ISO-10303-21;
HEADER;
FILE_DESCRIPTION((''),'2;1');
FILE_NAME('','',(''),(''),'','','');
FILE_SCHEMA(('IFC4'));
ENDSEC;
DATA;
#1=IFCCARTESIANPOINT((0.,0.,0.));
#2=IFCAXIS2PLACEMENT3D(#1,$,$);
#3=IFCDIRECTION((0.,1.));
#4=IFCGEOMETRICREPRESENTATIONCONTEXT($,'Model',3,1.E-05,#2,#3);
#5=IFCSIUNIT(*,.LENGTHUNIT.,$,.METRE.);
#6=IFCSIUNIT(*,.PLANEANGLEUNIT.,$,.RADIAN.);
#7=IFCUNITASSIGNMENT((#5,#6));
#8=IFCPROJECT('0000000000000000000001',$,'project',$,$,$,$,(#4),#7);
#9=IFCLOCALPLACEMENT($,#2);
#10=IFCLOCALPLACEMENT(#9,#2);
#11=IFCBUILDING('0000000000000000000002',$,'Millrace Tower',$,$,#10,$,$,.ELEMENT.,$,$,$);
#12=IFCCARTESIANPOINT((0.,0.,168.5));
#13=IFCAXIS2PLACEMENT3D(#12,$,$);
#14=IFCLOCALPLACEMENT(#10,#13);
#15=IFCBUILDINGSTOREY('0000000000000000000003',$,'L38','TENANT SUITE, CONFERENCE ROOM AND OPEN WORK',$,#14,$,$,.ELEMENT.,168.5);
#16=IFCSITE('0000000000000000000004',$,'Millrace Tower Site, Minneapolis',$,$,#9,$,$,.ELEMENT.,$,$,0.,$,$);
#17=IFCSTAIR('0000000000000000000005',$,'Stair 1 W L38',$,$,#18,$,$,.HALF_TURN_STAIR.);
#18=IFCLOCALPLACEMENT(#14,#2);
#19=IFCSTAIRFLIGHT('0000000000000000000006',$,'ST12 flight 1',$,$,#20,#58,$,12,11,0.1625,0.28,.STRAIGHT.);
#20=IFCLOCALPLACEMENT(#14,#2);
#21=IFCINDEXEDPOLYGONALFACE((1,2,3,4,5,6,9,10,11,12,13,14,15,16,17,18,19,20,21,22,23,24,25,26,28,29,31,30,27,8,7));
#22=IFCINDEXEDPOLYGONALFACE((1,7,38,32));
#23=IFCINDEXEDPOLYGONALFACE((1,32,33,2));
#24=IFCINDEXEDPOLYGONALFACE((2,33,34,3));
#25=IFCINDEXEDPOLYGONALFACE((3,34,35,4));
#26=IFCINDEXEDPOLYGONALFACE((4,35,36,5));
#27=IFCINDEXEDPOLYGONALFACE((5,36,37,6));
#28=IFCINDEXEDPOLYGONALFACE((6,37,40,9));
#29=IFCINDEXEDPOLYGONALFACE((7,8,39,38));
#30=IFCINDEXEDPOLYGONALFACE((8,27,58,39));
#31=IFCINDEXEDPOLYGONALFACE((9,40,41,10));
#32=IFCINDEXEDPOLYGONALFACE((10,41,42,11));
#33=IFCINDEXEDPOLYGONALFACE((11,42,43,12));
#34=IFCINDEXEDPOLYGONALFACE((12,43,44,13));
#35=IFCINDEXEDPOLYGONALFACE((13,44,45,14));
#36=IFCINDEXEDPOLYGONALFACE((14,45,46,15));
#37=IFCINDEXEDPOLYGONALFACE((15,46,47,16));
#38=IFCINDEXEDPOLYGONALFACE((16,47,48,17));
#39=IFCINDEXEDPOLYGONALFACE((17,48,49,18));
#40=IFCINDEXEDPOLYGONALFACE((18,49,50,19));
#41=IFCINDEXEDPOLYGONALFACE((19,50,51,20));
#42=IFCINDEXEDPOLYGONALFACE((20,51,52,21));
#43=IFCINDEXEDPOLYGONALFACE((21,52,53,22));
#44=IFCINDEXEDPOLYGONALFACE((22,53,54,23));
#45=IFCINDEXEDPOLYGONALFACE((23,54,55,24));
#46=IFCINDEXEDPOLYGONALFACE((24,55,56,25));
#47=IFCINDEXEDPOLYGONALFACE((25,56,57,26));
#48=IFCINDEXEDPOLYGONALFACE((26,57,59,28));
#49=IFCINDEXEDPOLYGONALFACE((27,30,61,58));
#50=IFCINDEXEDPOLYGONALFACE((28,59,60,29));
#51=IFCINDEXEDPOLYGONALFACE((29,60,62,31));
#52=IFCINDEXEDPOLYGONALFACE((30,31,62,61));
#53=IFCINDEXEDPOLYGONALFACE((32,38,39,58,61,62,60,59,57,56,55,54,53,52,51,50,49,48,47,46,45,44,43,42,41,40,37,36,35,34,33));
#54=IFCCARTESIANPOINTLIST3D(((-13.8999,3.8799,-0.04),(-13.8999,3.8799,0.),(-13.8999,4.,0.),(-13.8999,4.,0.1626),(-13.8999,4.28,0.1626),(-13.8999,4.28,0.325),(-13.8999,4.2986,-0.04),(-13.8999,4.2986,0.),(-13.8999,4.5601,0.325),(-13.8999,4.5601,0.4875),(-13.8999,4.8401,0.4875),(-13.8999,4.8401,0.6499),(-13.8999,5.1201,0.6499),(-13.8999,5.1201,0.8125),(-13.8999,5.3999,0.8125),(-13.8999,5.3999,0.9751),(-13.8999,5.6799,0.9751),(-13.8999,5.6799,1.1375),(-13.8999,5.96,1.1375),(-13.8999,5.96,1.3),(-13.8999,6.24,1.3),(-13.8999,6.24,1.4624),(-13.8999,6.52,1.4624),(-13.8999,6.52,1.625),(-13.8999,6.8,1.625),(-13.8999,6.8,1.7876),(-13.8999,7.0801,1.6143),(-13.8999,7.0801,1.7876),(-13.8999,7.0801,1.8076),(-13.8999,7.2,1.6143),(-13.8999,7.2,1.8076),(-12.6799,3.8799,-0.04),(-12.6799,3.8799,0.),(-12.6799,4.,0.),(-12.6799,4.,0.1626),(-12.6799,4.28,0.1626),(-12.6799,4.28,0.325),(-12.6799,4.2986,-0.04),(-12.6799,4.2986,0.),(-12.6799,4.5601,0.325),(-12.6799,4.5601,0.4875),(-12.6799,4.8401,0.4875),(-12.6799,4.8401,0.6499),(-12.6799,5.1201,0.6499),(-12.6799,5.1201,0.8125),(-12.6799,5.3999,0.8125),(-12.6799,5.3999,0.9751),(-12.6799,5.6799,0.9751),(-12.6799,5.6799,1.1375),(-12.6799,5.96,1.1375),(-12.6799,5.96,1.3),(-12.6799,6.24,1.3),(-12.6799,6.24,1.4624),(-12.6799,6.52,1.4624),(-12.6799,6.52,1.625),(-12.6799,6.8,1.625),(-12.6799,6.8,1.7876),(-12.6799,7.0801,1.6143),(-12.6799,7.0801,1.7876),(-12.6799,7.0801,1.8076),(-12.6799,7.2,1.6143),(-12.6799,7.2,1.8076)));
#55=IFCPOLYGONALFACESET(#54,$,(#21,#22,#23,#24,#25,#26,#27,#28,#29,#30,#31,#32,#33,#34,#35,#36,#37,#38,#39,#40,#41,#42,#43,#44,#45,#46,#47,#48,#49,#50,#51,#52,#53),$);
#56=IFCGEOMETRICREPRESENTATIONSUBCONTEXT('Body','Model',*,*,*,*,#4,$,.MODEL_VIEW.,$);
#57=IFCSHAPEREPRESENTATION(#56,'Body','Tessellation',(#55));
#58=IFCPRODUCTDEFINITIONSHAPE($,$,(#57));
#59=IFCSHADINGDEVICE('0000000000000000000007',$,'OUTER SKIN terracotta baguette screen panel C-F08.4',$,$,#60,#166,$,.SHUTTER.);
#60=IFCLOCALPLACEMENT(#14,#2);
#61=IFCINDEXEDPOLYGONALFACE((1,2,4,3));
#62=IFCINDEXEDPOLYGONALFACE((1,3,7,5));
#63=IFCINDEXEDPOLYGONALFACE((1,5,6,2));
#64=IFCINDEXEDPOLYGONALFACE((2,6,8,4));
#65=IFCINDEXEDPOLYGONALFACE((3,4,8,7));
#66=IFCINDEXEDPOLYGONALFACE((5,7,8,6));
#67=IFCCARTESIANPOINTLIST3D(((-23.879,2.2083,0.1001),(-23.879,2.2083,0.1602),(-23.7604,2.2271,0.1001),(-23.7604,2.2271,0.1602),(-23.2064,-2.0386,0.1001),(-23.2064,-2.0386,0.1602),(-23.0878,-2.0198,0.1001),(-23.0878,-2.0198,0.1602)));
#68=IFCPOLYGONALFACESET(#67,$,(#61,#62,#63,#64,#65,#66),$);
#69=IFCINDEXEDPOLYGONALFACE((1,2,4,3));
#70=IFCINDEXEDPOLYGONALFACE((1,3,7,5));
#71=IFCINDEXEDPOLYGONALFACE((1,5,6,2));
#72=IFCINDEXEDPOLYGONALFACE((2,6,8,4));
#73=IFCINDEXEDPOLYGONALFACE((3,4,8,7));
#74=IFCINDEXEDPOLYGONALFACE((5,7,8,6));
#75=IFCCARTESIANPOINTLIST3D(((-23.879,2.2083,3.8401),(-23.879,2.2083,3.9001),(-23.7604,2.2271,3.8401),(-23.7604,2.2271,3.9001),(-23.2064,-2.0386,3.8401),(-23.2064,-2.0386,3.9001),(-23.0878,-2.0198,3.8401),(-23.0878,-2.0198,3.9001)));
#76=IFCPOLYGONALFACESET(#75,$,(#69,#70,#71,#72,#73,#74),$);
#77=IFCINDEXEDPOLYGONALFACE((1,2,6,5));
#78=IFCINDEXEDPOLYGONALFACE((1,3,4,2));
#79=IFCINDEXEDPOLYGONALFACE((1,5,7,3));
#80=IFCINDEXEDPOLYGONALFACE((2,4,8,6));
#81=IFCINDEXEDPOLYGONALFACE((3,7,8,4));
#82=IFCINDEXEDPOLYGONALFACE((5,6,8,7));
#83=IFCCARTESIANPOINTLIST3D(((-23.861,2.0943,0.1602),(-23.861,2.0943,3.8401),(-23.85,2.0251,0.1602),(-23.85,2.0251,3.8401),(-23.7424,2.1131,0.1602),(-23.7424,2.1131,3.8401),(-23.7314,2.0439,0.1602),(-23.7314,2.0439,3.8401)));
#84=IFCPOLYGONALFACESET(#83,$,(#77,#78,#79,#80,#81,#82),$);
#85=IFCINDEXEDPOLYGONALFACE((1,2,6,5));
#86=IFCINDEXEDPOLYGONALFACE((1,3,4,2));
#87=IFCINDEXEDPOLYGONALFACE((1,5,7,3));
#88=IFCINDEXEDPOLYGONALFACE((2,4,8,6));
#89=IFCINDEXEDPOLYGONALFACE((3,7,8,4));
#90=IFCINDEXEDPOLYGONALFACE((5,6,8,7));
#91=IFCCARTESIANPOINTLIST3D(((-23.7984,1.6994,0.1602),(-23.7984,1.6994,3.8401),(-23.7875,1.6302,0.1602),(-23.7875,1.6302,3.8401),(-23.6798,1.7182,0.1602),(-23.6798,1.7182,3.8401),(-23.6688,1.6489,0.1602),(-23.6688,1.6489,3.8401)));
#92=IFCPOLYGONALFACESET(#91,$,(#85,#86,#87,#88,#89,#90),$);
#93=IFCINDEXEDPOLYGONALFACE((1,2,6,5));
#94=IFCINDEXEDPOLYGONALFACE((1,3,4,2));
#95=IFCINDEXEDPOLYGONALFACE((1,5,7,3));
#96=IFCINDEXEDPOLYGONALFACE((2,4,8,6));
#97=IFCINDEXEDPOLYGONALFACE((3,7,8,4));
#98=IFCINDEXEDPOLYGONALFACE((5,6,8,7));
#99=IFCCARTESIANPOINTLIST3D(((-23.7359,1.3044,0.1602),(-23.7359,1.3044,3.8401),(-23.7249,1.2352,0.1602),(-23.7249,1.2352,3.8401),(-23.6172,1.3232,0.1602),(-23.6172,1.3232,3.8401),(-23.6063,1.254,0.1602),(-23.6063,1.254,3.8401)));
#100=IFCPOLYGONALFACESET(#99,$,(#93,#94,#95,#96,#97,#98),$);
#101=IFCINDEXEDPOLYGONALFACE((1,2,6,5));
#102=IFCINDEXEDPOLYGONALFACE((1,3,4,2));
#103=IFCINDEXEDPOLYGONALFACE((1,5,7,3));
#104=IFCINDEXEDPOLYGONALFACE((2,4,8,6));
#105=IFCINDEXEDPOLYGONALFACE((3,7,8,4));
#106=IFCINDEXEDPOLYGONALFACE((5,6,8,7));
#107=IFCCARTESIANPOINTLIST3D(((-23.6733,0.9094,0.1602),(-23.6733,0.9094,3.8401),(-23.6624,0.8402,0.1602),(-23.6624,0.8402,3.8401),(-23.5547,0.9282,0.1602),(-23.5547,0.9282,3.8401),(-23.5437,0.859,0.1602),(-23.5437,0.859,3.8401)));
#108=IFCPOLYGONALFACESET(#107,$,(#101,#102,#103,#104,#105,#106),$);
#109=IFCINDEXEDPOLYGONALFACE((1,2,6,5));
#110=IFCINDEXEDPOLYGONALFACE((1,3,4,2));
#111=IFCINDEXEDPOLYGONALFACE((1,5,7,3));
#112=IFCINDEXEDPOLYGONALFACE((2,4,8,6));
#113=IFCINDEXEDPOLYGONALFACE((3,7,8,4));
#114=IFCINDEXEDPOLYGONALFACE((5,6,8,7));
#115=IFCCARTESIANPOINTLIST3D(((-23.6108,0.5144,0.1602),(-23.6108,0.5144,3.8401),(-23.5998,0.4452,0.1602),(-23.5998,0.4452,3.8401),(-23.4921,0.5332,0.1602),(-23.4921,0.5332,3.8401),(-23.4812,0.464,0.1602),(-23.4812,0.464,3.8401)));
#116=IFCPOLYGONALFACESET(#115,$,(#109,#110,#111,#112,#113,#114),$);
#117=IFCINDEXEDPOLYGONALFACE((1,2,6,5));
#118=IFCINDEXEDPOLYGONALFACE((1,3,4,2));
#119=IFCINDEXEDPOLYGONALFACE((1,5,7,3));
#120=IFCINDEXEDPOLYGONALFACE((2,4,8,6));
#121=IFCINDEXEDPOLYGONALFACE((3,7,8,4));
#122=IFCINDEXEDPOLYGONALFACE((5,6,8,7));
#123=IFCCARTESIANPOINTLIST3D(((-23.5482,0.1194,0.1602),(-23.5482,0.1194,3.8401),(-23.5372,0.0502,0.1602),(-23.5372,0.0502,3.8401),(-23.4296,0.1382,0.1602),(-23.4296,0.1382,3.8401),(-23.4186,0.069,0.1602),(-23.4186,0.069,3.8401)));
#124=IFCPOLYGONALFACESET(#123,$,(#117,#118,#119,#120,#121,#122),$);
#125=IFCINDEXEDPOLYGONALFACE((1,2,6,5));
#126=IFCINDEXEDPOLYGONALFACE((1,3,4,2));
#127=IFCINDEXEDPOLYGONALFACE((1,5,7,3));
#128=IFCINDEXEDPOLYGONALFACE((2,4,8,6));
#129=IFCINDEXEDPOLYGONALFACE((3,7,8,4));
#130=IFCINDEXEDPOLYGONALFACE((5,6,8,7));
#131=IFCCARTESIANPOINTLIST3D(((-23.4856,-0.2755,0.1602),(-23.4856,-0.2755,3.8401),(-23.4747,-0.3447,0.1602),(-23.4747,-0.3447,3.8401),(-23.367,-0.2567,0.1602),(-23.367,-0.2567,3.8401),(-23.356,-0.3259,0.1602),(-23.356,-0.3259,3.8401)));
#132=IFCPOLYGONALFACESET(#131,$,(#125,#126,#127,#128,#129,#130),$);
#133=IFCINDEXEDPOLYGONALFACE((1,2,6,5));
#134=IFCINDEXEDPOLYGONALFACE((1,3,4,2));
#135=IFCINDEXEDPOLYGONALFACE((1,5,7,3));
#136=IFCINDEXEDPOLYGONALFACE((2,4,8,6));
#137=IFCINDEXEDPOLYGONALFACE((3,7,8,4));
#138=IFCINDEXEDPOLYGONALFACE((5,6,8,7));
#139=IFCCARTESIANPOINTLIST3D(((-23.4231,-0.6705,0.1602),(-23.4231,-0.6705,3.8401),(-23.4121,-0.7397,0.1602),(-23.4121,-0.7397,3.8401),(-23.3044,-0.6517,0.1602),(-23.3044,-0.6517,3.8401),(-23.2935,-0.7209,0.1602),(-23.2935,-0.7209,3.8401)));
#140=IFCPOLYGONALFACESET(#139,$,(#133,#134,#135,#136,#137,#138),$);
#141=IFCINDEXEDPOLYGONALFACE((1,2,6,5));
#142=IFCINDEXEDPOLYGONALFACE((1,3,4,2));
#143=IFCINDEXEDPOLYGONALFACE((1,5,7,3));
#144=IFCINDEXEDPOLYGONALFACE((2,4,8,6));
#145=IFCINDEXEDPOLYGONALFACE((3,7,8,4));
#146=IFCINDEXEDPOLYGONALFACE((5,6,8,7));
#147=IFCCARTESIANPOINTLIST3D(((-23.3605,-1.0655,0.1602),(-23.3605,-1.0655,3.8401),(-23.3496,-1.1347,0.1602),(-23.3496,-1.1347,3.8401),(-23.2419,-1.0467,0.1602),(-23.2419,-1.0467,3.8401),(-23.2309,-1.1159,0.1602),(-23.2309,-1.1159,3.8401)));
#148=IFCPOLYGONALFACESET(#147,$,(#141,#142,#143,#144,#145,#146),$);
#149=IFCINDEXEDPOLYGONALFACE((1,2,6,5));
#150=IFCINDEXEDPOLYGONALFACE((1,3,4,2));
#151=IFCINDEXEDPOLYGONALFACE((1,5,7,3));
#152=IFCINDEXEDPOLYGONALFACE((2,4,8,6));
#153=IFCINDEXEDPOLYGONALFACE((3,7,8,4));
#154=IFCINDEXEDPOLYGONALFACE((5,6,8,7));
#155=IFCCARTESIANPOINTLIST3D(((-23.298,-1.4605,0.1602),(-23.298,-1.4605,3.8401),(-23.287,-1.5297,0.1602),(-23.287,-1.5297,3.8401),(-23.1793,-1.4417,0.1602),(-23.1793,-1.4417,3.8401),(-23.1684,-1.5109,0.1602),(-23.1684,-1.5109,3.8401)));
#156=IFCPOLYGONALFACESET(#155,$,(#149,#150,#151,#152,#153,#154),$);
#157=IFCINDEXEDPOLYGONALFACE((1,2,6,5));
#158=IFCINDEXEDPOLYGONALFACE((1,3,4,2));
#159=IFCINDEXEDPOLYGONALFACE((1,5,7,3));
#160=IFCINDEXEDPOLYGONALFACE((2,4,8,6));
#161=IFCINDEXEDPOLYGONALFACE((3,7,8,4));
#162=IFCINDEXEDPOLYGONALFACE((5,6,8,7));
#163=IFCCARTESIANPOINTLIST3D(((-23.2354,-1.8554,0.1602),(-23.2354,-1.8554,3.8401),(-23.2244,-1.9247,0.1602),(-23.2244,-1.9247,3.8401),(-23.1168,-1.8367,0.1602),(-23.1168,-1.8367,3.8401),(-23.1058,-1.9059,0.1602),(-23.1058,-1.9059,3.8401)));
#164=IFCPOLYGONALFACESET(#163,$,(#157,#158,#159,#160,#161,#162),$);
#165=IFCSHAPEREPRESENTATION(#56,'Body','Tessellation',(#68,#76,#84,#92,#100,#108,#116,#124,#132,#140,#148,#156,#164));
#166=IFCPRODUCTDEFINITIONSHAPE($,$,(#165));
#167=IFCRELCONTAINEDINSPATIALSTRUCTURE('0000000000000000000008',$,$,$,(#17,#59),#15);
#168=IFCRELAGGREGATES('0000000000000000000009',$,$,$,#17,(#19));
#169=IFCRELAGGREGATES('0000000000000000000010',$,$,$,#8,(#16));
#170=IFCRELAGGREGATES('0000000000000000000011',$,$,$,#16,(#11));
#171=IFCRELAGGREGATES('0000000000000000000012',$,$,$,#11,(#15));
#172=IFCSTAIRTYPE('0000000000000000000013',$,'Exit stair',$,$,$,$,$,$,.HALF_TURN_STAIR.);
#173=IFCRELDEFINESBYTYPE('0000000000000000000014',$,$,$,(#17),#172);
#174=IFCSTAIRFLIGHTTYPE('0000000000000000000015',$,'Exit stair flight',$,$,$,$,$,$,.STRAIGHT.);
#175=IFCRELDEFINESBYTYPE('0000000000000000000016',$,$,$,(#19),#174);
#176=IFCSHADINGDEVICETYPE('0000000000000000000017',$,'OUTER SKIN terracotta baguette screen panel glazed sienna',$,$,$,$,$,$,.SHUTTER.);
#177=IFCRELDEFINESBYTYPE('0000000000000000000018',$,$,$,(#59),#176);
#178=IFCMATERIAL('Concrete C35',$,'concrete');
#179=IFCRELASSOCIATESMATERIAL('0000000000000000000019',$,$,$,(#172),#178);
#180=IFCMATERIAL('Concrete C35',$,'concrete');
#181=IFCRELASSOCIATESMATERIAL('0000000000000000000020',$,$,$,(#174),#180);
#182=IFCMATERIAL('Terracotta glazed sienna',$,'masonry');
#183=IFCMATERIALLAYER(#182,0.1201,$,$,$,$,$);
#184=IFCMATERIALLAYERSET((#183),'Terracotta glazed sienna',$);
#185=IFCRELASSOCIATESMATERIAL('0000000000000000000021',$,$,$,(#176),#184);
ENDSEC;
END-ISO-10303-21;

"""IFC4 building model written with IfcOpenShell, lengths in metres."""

from ifc_helpers import new_model, entity, si_unit, direction, frame, frame_2d, origin, origin_2d, place, context, subcontext, project, spatial, polyline, rectangle, outline, extrude, source, transform, mapped, material, layer, layer_set, type_object, element, aggregate, save


model = new_model("IFC4")

# Units and contexts
model_context = context("Model", 3, precision=1e-05, world=origin(), true_north=direction((0.0, 1.0)))
body_context = subcontext(model_context, "Body", "Model", "MODEL_VIEW")
ifc_project = project(units=[si_unit("LENGTHUNIT", "METRE"), si_unit("PLANEANGLEUNIT", "RADIAN")], contexts=[model_context])

# Site, building, storey
site_placement = place(None, origin())
site = spatial("IfcSite", under=ifc_project, at=site_placement, Name="Millrace Tower Site, Minneapolis", CompositionType="ELEMENT", RefElevation=0.0)
building_placement = place(site_placement, origin())
building = spatial("IfcBuilding", under=site, at=building_placement, Name="Millrace Tower", CompositionType="ELEMENT")
storey_placement = place(building_placement, frame((0.0, 0.0, 168.5)))
storey = spatial("IfcBuildingStorey", under=building, at=storey_placement, Name="L38", Description="TENANT SUITE, CONFERENCE ROOM AND OPEN WORK", CompositionType="ELEMENT", Elevation=168.5)

# Shared definitions
placement = place(storey_placement, origin())

# Stair, stair flight
ifc_material_1 = material(Name="Concrete C35", Category="concrete")
stair_type = type_object("IfcStairType", Name="Exit stair", PredefinedType="HALF_TURN_STAIR", material=ifc_material_1)
stair = element("IfcStair", 1, at=placement, inside=storey, type_object=stair_type, Name="Stair 1 W L38", PredefinedType="HALF_TURN_STAIR")
ifc_material_2 = material(Name="Concrete C35", Category="concrete")
stair_flight_type = type_object("IfcStairFlightType", Name="Exit stair flight", PredefinedType="STRAIGHT", material=ifc_material_2)
stair_flight_placement = place(storey_placement, frame((-13.29, 4.0, 0.0), z_axis=(0.0, 0.0, 1.0), x_axis=(0.0, 1.0, 0.0)))
stair_flight = element("IfcStairFlight", 2, at=stair_flight_placement, type_object=stair_flight_type, Name="ST12 flight 1", NumberOfRisers=12, NumberOfTreads=11, PredefinedType="STRAIGHT", RiserHeight=0.1625, TreadLength=0.28, context=body_context, shape_type="SweptSolid", body=[
    extrude(outline(polyline([(-0.1201, -0.04), (-0.1201, 0.0), (0.0, 0.0), (0.0, 0.1626), (0.28, 0.1626), (0.28, 0.325), (0.5601, 0.325), (0.5601, 0.4875), (0.8401, 0.4875), (0.8401, 0.6499), (1.1201, 0.6499), (1.1201, 0.8125), (1.3999, 0.8125), (1.3999, 0.9751), (1.6799, 0.9751), (1.6799, 1.1375), (1.96, 1.1375), (1.96, 1.3), (2.24, 1.3), (2.24, 1.4624), (2.52, 1.4624), (2.52, 1.625), (2.8, 1.625), (2.8, 1.7876), (3.0801, 1.7876), (3.0801, 1.8076), (3.2, 1.8076), (3.2, 1.6143), (3.0801, 1.6143), (0.2986, 0.0), (0.2986, -0.04), (-0.1201, -0.04)])), frame((0.0, 0.6099, 0.0), z_axis=(0.0, -1.0, 0.0), x_axis=(1.0, 0.0, 0.0)), (0.0, 0.0, 1.0), 1.22),
])
aggregate(stair, [stair_flight])

# Shading device
ifc_material_3 = material(Name="Terracotta glazed sienna", Category="masonry")
ifc_layer_1 = layer(ifc_material_3, 0.1201)
ifc_layer_set_1 = layer_set([ifc_layer_1], Name="Terracotta glazed sienna")
shading_device_type = type_object("IfcShadingDeviceType", Name="OUTER SKIN terracotta baguette screen panel glazed sienna", PredefinedType="SHUTTER", material=ifc_layer_set_1)
cartesian_point = entity("IfcCartesianPoint", [-2.1499, 0.0601])
shared_polyline = entity("IfcPolyline", [cartesian_point, entity("IfcCartesianPoint", [2.1499, 0.0601]), entity("IfcCartesianPoint", [2.1499, -0.0601]), entity("IfcCartesianPoint", [-2.1499, -0.0601]), cartesian_point])
shared_shape = source(origin(), body_context, "Body", "SweptSolid", [
    entity("IfcExtrudedAreaSolid", entity("IfcArbitraryClosedProfileDef", "AREA", None, shared_polyline), entity("IfcAxis2Placement3D", entity("IfcCartesianPoint", [0.0, 0.0, 0.0])), entity("IfcDirection", [0.0, 0.0, 1.0]), 0.0601),
    entity("IfcExtrudedAreaSolid", entity("IfcArbitraryClosedProfileDef", "AREA", None, shared_polyline), entity("IfcAxis2Placement3D", entity("IfcCartesianPoint", [0.0, 0.0, 3.74])), entity("IfcDirection", [0.0, 0.0, 1.0]), 0.0601),
    extrude(rectangle(XDim=0.0701, YDim=0.1201, at=frame_2d((-1.9995, 0.0))), frame((0.0, 0.0, 0.0601)), (0.0, 0.0, 1.0), 3.6799),
    extrude(rectangle(XDim=0.0701, YDim=0.1201, at=frame_2d((-1.5996, 0.0))), frame((0.0, 0.0, 0.0601)), (0.0, 0.0, 1.0), 3.6799),
    extrude(rectangle(XDim=0.0701, YDim=0.1201, at=frame_2d((-1.1997, 0.0))), frame((0.0, 0.0, 0.0601)), (0.0, 0.0, 1.0), 3.6799),
    extrude(rectangle(XDim=0.0701, YDim=0.1201, at=frame_2d((-0.7998, 0.0))), frame((0.0, 0.0, 0.0601)), (0.0, 0.0, 1.0), 3.6799),
    extrude(rectangle(XDim=0.0701, YDim=0.1201, at=frame_2d((-0.3999, 0.0))), frame((0.0, 0.0, 0.0601)), (0.0, 0.0, 1.0), 3.6799),
    extrude(rectangle(XDim=0.0701, YDim=0.1201, at=origin_2d()), frame((0.0, 0.0, 0.0601)), (0.0, 0.0, 1.0), 3.6799),
    extrude(rectangle(XDim=0.0701, YDim=0.1201, at=frame_2d((0.3999, 0.0))), frame((0.0, 0.0, 0.0601)), (0.0, 0.0, 1.0), 3.6799),
    extrude(rectangle(XDim=0.0701, YDim=0.1201, at=frame_2d((0.7998, 0.0))), frame((0.0, 0.0, 0.0601)), (0.0, 0.0, 1.0), 3.6799),
    extrude(rectangle(XDim=0.0701, YDim=0.1201, at=frame_2d((1.1997, 0.0))), frame((0.0, 0.0, 0.0601)), (0.0, 0.0, 1.0), 3.6799),
    extrude(rectangle(XDim=0.0701, YDim=0.1201, at=frame_2d((1.5996, 0.0))), frame((0.0, 0.0, 0.0601)), (0.0, 0.0, 1.0), 3.6799),
    extrude(rectangle(XDim=0.0701, YDim=0.1201, at=frame_2d((1.9995, 0.0))), frame((0.0, 0.0, 0.0601)), (0.0, 0.0, 1.0), 3.6799),
])
shading_device_placement = place(storey_placement, frame((-23.4834, 0.0942, 0.1001), z_axis=(0.0, 0.0, 1.0), x_axis=(0.156434, -0.987688, 0.0)))
element("IfcShadingDevice", 3, at=shading_device_placement, inside=storey, type_object=shading_device_type, Name="OUTER SKIN terracotta baguette screen panel C-F08.4", PredefinedType="SHUTTER", context=body_context, shape_type="MappedRepresentation", body=[
    mapped(shared_shape, transform((0.0, 0.0, 0.0), scale=1.0)),
])

save(model, "model.ifc")
